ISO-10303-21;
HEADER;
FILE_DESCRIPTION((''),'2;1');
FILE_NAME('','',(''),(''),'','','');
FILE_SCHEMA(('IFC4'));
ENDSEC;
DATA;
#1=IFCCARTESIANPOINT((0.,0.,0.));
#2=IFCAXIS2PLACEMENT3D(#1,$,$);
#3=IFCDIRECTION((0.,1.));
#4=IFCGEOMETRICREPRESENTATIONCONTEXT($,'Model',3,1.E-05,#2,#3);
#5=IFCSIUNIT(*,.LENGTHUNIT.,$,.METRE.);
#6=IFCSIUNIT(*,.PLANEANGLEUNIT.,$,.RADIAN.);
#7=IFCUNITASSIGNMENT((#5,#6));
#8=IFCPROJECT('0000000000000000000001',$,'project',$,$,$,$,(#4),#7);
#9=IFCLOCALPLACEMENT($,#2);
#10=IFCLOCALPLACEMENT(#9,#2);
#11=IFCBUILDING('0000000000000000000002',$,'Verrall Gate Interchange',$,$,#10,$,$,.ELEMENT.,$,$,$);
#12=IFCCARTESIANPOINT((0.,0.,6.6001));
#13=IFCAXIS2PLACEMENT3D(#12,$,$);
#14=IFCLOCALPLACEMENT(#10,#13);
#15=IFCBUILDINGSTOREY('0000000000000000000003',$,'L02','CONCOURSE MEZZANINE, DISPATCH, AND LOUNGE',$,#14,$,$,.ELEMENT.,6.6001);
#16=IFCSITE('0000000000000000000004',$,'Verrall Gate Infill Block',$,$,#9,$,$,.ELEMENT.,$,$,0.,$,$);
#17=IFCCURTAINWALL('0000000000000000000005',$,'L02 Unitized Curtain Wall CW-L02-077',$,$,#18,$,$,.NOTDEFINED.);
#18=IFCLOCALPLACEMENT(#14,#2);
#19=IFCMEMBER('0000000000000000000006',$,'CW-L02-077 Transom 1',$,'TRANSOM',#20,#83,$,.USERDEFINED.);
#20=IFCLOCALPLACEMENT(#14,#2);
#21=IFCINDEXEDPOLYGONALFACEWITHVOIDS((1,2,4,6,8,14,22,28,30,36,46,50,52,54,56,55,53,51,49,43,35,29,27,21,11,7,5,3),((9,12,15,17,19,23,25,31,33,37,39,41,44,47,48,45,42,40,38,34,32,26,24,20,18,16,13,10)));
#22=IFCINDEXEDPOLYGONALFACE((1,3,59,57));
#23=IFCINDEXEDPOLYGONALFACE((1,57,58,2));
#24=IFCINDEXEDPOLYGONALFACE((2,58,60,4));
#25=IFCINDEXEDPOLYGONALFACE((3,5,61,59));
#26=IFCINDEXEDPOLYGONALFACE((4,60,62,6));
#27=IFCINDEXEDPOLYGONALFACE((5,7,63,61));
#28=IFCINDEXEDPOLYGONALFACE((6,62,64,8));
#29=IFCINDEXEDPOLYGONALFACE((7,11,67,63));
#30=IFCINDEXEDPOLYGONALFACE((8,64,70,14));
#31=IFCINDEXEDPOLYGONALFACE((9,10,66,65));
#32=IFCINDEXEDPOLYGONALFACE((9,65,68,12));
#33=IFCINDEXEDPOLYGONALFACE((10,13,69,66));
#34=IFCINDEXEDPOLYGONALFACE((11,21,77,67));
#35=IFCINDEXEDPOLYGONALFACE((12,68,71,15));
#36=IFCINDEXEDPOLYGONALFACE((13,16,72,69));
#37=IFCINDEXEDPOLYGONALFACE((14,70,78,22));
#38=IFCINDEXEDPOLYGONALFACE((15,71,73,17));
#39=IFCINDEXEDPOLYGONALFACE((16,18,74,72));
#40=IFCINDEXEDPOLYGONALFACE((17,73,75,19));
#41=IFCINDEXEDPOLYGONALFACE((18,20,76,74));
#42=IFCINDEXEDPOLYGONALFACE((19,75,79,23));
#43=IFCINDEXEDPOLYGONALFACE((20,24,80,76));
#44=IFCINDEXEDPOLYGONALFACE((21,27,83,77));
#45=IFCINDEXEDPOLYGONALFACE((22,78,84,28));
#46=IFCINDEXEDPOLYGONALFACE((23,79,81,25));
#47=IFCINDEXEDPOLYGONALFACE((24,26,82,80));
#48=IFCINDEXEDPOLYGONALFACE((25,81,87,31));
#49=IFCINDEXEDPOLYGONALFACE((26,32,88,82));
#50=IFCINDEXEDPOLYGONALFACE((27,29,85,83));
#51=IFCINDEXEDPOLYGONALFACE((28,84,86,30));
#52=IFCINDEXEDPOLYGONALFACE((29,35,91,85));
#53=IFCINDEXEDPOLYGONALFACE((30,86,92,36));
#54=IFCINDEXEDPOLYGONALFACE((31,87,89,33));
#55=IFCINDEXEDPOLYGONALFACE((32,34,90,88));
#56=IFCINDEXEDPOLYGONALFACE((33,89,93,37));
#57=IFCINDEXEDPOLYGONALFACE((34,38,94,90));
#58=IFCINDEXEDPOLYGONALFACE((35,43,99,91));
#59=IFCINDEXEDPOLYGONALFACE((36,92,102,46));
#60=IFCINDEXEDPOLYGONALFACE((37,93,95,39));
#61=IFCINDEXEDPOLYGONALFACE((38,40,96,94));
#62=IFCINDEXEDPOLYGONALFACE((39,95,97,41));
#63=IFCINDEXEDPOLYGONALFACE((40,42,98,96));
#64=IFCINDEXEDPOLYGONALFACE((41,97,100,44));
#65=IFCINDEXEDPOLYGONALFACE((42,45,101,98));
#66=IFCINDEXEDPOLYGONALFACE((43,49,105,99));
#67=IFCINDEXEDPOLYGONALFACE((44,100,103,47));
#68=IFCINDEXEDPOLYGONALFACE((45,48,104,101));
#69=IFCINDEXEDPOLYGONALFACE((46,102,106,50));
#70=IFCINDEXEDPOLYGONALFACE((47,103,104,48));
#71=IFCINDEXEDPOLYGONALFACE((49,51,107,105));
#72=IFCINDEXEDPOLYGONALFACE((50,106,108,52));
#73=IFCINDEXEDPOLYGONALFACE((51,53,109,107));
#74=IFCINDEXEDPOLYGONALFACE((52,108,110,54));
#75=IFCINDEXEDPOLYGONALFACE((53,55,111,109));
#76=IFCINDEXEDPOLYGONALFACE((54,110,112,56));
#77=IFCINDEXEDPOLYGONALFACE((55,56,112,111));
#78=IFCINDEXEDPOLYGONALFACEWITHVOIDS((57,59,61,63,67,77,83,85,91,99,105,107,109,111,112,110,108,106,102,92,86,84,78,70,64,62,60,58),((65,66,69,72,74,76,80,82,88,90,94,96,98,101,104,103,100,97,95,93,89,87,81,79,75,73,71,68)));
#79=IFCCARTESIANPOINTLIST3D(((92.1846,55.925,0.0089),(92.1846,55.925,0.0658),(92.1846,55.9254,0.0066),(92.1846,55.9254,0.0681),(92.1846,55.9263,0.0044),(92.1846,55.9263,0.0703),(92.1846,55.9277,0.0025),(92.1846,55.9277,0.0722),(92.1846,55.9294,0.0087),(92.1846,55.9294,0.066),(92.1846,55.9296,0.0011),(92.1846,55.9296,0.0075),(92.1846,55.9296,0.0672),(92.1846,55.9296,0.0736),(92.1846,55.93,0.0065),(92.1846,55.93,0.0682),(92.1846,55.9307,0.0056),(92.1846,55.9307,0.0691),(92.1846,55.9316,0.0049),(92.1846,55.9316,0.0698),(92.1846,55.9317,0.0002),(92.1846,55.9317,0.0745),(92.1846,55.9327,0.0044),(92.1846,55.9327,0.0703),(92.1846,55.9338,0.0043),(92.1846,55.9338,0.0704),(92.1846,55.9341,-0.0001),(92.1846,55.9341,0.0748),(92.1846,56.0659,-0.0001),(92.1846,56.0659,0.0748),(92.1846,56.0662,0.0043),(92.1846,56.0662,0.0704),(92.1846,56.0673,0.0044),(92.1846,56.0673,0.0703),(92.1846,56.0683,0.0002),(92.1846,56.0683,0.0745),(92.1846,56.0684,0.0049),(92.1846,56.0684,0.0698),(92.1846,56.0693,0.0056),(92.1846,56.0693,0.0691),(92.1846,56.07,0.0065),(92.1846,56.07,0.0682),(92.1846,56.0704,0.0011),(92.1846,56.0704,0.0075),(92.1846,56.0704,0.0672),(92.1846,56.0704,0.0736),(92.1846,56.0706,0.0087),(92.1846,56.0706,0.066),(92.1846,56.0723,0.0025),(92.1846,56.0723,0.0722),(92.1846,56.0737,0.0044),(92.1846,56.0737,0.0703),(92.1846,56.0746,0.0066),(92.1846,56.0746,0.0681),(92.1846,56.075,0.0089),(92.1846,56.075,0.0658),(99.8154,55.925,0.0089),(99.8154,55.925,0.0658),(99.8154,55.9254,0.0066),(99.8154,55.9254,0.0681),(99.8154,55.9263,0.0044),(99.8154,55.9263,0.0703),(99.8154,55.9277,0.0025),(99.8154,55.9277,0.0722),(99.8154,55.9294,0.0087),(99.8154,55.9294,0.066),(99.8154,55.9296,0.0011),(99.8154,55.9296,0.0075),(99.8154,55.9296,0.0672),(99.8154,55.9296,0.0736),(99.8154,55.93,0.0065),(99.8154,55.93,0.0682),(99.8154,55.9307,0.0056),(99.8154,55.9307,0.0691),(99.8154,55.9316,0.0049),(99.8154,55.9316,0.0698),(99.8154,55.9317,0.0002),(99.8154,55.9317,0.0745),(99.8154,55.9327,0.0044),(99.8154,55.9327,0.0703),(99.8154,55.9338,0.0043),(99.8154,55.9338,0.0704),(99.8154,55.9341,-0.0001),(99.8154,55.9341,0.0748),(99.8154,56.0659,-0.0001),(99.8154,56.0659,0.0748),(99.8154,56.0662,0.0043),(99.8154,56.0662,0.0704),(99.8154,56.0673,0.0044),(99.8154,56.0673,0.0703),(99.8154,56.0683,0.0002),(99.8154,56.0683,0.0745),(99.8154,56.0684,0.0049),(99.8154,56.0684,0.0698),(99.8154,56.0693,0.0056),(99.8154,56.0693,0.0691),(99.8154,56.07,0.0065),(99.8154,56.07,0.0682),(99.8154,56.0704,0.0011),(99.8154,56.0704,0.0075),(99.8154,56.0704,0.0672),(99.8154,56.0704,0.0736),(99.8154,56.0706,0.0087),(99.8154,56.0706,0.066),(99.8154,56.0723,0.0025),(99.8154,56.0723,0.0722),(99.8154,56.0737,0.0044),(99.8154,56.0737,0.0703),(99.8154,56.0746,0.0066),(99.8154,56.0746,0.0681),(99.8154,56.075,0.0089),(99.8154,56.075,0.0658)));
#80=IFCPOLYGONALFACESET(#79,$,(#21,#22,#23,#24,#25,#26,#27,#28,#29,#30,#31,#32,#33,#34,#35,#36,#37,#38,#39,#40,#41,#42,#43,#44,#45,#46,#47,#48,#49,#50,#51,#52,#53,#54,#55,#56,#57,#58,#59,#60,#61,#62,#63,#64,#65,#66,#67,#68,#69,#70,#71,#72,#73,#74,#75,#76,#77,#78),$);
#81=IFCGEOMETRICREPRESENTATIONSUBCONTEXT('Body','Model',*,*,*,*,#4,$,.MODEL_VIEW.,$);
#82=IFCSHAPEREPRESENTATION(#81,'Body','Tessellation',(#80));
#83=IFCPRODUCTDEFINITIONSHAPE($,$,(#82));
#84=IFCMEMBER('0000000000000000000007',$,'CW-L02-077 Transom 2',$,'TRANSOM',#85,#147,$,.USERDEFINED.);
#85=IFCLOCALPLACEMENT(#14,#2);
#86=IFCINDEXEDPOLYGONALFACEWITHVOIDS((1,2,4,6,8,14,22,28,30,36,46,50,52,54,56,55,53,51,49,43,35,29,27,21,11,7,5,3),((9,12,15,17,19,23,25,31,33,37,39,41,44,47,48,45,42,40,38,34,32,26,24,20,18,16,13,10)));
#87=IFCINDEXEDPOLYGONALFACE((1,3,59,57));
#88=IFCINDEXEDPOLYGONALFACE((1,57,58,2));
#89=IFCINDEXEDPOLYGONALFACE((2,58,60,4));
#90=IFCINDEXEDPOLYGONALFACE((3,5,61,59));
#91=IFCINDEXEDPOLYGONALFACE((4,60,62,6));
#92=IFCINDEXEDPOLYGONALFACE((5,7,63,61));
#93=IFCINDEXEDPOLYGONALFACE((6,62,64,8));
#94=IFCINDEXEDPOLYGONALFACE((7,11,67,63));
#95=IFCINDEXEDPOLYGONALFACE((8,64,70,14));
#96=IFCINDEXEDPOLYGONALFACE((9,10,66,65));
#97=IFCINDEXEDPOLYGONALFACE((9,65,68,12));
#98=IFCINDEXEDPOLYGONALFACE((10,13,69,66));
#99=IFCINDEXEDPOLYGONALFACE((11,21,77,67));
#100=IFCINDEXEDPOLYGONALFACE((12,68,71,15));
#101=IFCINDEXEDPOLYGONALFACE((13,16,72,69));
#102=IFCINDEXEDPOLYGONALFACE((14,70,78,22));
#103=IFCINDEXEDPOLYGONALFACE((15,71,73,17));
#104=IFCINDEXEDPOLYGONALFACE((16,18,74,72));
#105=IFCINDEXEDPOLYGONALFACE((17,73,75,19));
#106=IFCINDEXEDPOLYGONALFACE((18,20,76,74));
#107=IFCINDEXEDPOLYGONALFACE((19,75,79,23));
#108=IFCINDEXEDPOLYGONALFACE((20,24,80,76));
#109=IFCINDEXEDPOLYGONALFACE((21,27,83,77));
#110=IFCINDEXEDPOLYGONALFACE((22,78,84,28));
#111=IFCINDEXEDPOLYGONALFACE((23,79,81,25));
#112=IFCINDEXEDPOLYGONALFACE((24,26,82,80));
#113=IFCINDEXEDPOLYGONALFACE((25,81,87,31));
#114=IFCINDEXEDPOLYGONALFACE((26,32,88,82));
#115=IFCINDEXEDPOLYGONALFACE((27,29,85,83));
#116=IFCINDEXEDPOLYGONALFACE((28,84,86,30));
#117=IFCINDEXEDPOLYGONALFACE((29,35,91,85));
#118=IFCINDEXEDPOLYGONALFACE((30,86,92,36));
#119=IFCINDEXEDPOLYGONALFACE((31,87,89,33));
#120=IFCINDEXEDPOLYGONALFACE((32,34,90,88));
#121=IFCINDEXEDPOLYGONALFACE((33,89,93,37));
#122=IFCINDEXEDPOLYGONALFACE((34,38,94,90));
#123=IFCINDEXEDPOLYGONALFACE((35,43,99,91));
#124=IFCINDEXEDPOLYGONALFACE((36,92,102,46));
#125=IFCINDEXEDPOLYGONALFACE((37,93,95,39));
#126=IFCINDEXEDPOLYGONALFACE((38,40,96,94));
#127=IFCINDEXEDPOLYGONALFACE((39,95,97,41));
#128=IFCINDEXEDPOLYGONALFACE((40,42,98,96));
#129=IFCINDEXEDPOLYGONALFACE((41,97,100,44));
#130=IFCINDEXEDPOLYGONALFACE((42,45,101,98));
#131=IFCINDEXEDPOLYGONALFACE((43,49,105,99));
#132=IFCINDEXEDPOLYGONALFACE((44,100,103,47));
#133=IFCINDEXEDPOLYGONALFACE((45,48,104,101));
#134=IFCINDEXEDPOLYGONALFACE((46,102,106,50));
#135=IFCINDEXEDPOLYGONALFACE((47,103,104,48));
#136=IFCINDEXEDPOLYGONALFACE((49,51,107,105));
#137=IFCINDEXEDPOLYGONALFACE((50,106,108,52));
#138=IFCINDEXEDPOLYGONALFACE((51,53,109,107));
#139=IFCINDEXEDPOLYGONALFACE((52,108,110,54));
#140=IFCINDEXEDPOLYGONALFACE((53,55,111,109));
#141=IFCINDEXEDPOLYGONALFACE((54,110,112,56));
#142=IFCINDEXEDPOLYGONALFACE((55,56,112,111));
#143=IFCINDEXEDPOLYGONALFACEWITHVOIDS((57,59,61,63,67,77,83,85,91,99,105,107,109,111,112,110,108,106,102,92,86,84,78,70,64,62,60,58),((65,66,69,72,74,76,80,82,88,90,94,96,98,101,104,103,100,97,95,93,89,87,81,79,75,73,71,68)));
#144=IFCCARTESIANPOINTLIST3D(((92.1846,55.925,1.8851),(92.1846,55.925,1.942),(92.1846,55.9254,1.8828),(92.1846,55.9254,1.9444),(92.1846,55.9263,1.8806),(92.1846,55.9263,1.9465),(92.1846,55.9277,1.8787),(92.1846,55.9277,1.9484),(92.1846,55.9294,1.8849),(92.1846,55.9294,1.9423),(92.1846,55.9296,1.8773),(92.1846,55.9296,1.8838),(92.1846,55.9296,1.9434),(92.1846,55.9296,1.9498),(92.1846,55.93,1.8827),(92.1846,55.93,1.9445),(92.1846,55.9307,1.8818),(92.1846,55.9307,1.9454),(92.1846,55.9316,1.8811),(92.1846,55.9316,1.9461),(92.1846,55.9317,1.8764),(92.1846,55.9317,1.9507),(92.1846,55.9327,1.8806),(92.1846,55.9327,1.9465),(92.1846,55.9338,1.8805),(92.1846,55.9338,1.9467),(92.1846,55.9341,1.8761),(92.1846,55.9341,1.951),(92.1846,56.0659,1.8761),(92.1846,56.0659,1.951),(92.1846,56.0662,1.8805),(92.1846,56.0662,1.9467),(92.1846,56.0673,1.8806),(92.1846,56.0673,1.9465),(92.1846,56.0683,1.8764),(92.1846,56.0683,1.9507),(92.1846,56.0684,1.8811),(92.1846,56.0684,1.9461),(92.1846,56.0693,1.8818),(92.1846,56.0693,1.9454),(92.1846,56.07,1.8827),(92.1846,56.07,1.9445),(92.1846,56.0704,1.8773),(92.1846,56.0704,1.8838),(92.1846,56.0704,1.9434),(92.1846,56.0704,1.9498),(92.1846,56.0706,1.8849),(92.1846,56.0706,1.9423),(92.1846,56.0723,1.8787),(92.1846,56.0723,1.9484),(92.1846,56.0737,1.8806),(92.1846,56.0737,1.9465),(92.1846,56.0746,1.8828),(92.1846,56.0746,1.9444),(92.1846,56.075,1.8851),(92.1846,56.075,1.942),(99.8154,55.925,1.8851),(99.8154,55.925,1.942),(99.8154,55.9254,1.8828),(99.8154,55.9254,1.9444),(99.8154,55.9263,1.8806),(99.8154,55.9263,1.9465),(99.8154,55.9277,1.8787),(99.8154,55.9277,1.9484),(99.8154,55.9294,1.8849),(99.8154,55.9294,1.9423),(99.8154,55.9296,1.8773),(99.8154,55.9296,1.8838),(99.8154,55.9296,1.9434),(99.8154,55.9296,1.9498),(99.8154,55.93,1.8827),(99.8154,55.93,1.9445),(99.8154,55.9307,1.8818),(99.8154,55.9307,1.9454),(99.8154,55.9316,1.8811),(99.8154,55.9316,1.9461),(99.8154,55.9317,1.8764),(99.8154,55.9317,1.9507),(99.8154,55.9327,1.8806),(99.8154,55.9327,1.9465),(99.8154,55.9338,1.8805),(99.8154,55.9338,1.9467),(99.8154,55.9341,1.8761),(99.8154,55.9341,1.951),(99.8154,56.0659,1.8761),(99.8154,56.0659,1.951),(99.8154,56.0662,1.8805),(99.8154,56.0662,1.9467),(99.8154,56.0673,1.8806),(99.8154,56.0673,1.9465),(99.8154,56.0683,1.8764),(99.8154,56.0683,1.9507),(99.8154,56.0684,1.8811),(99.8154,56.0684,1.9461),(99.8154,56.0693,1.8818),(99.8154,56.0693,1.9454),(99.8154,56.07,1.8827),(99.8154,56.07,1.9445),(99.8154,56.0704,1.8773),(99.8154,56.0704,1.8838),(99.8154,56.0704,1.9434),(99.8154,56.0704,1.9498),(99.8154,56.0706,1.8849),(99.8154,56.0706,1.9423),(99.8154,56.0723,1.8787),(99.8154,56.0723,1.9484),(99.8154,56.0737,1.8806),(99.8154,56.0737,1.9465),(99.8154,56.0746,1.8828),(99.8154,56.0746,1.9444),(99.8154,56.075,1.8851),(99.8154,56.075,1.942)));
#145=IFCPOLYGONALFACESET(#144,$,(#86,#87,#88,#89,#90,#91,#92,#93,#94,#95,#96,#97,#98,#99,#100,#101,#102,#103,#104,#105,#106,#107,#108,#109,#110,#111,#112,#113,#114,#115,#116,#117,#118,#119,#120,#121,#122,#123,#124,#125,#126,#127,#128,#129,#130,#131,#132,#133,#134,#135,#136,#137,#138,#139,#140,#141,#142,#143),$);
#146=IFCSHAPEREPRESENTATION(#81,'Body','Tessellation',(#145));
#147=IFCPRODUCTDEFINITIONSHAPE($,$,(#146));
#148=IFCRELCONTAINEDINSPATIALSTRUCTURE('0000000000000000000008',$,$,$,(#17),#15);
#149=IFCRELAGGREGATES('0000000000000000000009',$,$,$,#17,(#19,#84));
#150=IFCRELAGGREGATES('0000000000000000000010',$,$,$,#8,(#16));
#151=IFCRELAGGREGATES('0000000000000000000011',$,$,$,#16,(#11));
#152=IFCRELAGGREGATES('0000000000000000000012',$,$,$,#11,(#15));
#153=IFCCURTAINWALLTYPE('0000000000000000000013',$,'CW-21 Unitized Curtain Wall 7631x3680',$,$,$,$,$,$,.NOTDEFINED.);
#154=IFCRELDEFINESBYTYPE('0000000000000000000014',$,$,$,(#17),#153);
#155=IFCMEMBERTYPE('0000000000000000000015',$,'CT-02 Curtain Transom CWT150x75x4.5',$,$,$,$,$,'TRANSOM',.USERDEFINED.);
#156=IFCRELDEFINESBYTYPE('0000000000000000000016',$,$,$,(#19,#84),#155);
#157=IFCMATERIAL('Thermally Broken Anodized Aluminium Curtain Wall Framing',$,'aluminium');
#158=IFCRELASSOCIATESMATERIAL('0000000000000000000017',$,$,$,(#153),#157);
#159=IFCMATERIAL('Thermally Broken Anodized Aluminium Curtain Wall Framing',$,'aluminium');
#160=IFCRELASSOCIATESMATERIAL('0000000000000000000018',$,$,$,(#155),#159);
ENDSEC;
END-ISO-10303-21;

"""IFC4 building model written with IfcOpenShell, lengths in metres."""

from ifc_helpers import new_model, si_unit, direction, frame, origin, origin_2d, place, context, subcontext, project, spatial, hollow_rectangle, extrude, material, material_profile, profile_set, type_object, element, aggregate, save


model = new_model("IFC4")

# Units and contexts
model_context = context("Model", 3, precision=1e-05, world=origin(), true_north=direction((0.0, 1.0)))
body_context = subcontext(model_context, "Body", "Model", "MODEL_VIEW")
ifc_project = project(units=[si_unit("LENGTHUNIT", "METRE"), si_unit("PLANEANGLEUNIT", "RADIAN")], contexts=[model_context])

# Site, building, storey
site_placement = place(None, origin())
site = spatial("IfcSite", under=ifc_project, at=site_placement, Name="Verrall Gate Infill Block", CompositionType="ELEMENT", RefElevation=0.0)
building_placement = place(site_placement, origin())
building = spatial("IfcBuilding", under=site, at=building_placement, Name="Verrall Gate Interchange", CompositionType="ELEMENT")
storey_placement = place(building_placement, frame((0.0, 0.0, 6.6001)))
storey = spatial("IfcBuildingStorey", under=building, at=storey_placement, Name="L02", Description="CONCOURSE MEZZANINE, DISPATCH, AND LOUNGE", CompositionType="ELEMENT", Elevation=6.6001)

# Shared definitions
ifc_material_1 = material(Name="Thermally Broken Anodized Aluminium Curtain Wall Framing", Category="aluminium")
curtain_wall_type = type_object("IfcCurtainWallType", Name="CW-21 Unitized Curtain Wall 7631x3680", PredefinedType="NOTDEFINED", material=ifc_material_1)

# Curtain wall
curtain_wall_1_placement = place(storey_placement, origin())
curtain_wall_1 = element("IfcCurtainWall", 1, at=curtain_wall_1_placement, inside=storey, type_object=curtain_wall_type, Name="L02 Unitized Curtain Wall CW-L02-077", PredefinedType="NOTDEFINED")

# Members
ifc_material_2 = material(Name="Thermally Broken Anodized Aluminium Curtain Wall Framing", Category="aluminium")
ifc_material_profile_1 = material_profile(ifc_material_2, hollow_rectangle(XDim=0.1499, YDim=0.075, WallThickness=0.0044, InnerFilletRadius=0.0044, OuterFilletRadius=0.009, at=origin_2d()), Name="CWT150x75x4.5")
ifc_profile_set_1 = profile_set([ifc_material_profile_1], Name="Thermally Broken Anodized Aluminium Curtain Wall Framing")
member_type_1 = type_object("IfcMemberType", Name="CT-02 Curtain Transom CWT150x75x4.5", ElementType="TRANSOM", PredefinedType="USERDEFINED", material=ifc_profile_set_1)
member_1_placement = place(storey_placement, frame((99.8154, 56.0, 0.0374), z_axis=(-1.0, 0.0, 0.0), x_axis=(0.0, -1.0, 0.0)))
member_1 = element("IfcMember", 2, at=member_1_placement, type_object=member_type_1, Name="CW-L02-077 Transom 1", ObjectType="TRANSOM", PredefinedType="USERDEFINED", context=body_context, shape_type="SweptSolid", body=[
    extrude(hollow_rectangle(XDim=0.1499, YDim=0.075, WallThickness=0.0044, InnerFilletRadius=0.0044, OuterFilletRadius=0.009, at=origin_2d()), origin(), (0.0, 0.0, 1.0), 7.6309),
])
member_2_placement = place(storey_placement, frame((99.8154, 56.0, 1.9136), z_axis=(-1.0, 0.0, 0.0), x_axis=(0.0, -1.0, 0.0)))
member_2 = element("IfcMember", 3, at=member_2_placement, type_object=member_type_1, Name="CW-L02-077 Transom 2", ObjectType="TRANSOM", PredefinedType="USERDEFINED", context=body_context, shape_type="SweptSolid", body=[
    extrude(hollow_rectangle(XDim=0.1499, YDim=0.075, WallThickness=0.0044, InnerFilletRadius=0.0044, OuterFilletRadius=0.009, at=origin_2d()), origin(), (0.0, 0.0, 1.0), 7.6309),
])

aggregate(curtain_wall_1, [member_1, member_2])

save(model, "model.ifc")
